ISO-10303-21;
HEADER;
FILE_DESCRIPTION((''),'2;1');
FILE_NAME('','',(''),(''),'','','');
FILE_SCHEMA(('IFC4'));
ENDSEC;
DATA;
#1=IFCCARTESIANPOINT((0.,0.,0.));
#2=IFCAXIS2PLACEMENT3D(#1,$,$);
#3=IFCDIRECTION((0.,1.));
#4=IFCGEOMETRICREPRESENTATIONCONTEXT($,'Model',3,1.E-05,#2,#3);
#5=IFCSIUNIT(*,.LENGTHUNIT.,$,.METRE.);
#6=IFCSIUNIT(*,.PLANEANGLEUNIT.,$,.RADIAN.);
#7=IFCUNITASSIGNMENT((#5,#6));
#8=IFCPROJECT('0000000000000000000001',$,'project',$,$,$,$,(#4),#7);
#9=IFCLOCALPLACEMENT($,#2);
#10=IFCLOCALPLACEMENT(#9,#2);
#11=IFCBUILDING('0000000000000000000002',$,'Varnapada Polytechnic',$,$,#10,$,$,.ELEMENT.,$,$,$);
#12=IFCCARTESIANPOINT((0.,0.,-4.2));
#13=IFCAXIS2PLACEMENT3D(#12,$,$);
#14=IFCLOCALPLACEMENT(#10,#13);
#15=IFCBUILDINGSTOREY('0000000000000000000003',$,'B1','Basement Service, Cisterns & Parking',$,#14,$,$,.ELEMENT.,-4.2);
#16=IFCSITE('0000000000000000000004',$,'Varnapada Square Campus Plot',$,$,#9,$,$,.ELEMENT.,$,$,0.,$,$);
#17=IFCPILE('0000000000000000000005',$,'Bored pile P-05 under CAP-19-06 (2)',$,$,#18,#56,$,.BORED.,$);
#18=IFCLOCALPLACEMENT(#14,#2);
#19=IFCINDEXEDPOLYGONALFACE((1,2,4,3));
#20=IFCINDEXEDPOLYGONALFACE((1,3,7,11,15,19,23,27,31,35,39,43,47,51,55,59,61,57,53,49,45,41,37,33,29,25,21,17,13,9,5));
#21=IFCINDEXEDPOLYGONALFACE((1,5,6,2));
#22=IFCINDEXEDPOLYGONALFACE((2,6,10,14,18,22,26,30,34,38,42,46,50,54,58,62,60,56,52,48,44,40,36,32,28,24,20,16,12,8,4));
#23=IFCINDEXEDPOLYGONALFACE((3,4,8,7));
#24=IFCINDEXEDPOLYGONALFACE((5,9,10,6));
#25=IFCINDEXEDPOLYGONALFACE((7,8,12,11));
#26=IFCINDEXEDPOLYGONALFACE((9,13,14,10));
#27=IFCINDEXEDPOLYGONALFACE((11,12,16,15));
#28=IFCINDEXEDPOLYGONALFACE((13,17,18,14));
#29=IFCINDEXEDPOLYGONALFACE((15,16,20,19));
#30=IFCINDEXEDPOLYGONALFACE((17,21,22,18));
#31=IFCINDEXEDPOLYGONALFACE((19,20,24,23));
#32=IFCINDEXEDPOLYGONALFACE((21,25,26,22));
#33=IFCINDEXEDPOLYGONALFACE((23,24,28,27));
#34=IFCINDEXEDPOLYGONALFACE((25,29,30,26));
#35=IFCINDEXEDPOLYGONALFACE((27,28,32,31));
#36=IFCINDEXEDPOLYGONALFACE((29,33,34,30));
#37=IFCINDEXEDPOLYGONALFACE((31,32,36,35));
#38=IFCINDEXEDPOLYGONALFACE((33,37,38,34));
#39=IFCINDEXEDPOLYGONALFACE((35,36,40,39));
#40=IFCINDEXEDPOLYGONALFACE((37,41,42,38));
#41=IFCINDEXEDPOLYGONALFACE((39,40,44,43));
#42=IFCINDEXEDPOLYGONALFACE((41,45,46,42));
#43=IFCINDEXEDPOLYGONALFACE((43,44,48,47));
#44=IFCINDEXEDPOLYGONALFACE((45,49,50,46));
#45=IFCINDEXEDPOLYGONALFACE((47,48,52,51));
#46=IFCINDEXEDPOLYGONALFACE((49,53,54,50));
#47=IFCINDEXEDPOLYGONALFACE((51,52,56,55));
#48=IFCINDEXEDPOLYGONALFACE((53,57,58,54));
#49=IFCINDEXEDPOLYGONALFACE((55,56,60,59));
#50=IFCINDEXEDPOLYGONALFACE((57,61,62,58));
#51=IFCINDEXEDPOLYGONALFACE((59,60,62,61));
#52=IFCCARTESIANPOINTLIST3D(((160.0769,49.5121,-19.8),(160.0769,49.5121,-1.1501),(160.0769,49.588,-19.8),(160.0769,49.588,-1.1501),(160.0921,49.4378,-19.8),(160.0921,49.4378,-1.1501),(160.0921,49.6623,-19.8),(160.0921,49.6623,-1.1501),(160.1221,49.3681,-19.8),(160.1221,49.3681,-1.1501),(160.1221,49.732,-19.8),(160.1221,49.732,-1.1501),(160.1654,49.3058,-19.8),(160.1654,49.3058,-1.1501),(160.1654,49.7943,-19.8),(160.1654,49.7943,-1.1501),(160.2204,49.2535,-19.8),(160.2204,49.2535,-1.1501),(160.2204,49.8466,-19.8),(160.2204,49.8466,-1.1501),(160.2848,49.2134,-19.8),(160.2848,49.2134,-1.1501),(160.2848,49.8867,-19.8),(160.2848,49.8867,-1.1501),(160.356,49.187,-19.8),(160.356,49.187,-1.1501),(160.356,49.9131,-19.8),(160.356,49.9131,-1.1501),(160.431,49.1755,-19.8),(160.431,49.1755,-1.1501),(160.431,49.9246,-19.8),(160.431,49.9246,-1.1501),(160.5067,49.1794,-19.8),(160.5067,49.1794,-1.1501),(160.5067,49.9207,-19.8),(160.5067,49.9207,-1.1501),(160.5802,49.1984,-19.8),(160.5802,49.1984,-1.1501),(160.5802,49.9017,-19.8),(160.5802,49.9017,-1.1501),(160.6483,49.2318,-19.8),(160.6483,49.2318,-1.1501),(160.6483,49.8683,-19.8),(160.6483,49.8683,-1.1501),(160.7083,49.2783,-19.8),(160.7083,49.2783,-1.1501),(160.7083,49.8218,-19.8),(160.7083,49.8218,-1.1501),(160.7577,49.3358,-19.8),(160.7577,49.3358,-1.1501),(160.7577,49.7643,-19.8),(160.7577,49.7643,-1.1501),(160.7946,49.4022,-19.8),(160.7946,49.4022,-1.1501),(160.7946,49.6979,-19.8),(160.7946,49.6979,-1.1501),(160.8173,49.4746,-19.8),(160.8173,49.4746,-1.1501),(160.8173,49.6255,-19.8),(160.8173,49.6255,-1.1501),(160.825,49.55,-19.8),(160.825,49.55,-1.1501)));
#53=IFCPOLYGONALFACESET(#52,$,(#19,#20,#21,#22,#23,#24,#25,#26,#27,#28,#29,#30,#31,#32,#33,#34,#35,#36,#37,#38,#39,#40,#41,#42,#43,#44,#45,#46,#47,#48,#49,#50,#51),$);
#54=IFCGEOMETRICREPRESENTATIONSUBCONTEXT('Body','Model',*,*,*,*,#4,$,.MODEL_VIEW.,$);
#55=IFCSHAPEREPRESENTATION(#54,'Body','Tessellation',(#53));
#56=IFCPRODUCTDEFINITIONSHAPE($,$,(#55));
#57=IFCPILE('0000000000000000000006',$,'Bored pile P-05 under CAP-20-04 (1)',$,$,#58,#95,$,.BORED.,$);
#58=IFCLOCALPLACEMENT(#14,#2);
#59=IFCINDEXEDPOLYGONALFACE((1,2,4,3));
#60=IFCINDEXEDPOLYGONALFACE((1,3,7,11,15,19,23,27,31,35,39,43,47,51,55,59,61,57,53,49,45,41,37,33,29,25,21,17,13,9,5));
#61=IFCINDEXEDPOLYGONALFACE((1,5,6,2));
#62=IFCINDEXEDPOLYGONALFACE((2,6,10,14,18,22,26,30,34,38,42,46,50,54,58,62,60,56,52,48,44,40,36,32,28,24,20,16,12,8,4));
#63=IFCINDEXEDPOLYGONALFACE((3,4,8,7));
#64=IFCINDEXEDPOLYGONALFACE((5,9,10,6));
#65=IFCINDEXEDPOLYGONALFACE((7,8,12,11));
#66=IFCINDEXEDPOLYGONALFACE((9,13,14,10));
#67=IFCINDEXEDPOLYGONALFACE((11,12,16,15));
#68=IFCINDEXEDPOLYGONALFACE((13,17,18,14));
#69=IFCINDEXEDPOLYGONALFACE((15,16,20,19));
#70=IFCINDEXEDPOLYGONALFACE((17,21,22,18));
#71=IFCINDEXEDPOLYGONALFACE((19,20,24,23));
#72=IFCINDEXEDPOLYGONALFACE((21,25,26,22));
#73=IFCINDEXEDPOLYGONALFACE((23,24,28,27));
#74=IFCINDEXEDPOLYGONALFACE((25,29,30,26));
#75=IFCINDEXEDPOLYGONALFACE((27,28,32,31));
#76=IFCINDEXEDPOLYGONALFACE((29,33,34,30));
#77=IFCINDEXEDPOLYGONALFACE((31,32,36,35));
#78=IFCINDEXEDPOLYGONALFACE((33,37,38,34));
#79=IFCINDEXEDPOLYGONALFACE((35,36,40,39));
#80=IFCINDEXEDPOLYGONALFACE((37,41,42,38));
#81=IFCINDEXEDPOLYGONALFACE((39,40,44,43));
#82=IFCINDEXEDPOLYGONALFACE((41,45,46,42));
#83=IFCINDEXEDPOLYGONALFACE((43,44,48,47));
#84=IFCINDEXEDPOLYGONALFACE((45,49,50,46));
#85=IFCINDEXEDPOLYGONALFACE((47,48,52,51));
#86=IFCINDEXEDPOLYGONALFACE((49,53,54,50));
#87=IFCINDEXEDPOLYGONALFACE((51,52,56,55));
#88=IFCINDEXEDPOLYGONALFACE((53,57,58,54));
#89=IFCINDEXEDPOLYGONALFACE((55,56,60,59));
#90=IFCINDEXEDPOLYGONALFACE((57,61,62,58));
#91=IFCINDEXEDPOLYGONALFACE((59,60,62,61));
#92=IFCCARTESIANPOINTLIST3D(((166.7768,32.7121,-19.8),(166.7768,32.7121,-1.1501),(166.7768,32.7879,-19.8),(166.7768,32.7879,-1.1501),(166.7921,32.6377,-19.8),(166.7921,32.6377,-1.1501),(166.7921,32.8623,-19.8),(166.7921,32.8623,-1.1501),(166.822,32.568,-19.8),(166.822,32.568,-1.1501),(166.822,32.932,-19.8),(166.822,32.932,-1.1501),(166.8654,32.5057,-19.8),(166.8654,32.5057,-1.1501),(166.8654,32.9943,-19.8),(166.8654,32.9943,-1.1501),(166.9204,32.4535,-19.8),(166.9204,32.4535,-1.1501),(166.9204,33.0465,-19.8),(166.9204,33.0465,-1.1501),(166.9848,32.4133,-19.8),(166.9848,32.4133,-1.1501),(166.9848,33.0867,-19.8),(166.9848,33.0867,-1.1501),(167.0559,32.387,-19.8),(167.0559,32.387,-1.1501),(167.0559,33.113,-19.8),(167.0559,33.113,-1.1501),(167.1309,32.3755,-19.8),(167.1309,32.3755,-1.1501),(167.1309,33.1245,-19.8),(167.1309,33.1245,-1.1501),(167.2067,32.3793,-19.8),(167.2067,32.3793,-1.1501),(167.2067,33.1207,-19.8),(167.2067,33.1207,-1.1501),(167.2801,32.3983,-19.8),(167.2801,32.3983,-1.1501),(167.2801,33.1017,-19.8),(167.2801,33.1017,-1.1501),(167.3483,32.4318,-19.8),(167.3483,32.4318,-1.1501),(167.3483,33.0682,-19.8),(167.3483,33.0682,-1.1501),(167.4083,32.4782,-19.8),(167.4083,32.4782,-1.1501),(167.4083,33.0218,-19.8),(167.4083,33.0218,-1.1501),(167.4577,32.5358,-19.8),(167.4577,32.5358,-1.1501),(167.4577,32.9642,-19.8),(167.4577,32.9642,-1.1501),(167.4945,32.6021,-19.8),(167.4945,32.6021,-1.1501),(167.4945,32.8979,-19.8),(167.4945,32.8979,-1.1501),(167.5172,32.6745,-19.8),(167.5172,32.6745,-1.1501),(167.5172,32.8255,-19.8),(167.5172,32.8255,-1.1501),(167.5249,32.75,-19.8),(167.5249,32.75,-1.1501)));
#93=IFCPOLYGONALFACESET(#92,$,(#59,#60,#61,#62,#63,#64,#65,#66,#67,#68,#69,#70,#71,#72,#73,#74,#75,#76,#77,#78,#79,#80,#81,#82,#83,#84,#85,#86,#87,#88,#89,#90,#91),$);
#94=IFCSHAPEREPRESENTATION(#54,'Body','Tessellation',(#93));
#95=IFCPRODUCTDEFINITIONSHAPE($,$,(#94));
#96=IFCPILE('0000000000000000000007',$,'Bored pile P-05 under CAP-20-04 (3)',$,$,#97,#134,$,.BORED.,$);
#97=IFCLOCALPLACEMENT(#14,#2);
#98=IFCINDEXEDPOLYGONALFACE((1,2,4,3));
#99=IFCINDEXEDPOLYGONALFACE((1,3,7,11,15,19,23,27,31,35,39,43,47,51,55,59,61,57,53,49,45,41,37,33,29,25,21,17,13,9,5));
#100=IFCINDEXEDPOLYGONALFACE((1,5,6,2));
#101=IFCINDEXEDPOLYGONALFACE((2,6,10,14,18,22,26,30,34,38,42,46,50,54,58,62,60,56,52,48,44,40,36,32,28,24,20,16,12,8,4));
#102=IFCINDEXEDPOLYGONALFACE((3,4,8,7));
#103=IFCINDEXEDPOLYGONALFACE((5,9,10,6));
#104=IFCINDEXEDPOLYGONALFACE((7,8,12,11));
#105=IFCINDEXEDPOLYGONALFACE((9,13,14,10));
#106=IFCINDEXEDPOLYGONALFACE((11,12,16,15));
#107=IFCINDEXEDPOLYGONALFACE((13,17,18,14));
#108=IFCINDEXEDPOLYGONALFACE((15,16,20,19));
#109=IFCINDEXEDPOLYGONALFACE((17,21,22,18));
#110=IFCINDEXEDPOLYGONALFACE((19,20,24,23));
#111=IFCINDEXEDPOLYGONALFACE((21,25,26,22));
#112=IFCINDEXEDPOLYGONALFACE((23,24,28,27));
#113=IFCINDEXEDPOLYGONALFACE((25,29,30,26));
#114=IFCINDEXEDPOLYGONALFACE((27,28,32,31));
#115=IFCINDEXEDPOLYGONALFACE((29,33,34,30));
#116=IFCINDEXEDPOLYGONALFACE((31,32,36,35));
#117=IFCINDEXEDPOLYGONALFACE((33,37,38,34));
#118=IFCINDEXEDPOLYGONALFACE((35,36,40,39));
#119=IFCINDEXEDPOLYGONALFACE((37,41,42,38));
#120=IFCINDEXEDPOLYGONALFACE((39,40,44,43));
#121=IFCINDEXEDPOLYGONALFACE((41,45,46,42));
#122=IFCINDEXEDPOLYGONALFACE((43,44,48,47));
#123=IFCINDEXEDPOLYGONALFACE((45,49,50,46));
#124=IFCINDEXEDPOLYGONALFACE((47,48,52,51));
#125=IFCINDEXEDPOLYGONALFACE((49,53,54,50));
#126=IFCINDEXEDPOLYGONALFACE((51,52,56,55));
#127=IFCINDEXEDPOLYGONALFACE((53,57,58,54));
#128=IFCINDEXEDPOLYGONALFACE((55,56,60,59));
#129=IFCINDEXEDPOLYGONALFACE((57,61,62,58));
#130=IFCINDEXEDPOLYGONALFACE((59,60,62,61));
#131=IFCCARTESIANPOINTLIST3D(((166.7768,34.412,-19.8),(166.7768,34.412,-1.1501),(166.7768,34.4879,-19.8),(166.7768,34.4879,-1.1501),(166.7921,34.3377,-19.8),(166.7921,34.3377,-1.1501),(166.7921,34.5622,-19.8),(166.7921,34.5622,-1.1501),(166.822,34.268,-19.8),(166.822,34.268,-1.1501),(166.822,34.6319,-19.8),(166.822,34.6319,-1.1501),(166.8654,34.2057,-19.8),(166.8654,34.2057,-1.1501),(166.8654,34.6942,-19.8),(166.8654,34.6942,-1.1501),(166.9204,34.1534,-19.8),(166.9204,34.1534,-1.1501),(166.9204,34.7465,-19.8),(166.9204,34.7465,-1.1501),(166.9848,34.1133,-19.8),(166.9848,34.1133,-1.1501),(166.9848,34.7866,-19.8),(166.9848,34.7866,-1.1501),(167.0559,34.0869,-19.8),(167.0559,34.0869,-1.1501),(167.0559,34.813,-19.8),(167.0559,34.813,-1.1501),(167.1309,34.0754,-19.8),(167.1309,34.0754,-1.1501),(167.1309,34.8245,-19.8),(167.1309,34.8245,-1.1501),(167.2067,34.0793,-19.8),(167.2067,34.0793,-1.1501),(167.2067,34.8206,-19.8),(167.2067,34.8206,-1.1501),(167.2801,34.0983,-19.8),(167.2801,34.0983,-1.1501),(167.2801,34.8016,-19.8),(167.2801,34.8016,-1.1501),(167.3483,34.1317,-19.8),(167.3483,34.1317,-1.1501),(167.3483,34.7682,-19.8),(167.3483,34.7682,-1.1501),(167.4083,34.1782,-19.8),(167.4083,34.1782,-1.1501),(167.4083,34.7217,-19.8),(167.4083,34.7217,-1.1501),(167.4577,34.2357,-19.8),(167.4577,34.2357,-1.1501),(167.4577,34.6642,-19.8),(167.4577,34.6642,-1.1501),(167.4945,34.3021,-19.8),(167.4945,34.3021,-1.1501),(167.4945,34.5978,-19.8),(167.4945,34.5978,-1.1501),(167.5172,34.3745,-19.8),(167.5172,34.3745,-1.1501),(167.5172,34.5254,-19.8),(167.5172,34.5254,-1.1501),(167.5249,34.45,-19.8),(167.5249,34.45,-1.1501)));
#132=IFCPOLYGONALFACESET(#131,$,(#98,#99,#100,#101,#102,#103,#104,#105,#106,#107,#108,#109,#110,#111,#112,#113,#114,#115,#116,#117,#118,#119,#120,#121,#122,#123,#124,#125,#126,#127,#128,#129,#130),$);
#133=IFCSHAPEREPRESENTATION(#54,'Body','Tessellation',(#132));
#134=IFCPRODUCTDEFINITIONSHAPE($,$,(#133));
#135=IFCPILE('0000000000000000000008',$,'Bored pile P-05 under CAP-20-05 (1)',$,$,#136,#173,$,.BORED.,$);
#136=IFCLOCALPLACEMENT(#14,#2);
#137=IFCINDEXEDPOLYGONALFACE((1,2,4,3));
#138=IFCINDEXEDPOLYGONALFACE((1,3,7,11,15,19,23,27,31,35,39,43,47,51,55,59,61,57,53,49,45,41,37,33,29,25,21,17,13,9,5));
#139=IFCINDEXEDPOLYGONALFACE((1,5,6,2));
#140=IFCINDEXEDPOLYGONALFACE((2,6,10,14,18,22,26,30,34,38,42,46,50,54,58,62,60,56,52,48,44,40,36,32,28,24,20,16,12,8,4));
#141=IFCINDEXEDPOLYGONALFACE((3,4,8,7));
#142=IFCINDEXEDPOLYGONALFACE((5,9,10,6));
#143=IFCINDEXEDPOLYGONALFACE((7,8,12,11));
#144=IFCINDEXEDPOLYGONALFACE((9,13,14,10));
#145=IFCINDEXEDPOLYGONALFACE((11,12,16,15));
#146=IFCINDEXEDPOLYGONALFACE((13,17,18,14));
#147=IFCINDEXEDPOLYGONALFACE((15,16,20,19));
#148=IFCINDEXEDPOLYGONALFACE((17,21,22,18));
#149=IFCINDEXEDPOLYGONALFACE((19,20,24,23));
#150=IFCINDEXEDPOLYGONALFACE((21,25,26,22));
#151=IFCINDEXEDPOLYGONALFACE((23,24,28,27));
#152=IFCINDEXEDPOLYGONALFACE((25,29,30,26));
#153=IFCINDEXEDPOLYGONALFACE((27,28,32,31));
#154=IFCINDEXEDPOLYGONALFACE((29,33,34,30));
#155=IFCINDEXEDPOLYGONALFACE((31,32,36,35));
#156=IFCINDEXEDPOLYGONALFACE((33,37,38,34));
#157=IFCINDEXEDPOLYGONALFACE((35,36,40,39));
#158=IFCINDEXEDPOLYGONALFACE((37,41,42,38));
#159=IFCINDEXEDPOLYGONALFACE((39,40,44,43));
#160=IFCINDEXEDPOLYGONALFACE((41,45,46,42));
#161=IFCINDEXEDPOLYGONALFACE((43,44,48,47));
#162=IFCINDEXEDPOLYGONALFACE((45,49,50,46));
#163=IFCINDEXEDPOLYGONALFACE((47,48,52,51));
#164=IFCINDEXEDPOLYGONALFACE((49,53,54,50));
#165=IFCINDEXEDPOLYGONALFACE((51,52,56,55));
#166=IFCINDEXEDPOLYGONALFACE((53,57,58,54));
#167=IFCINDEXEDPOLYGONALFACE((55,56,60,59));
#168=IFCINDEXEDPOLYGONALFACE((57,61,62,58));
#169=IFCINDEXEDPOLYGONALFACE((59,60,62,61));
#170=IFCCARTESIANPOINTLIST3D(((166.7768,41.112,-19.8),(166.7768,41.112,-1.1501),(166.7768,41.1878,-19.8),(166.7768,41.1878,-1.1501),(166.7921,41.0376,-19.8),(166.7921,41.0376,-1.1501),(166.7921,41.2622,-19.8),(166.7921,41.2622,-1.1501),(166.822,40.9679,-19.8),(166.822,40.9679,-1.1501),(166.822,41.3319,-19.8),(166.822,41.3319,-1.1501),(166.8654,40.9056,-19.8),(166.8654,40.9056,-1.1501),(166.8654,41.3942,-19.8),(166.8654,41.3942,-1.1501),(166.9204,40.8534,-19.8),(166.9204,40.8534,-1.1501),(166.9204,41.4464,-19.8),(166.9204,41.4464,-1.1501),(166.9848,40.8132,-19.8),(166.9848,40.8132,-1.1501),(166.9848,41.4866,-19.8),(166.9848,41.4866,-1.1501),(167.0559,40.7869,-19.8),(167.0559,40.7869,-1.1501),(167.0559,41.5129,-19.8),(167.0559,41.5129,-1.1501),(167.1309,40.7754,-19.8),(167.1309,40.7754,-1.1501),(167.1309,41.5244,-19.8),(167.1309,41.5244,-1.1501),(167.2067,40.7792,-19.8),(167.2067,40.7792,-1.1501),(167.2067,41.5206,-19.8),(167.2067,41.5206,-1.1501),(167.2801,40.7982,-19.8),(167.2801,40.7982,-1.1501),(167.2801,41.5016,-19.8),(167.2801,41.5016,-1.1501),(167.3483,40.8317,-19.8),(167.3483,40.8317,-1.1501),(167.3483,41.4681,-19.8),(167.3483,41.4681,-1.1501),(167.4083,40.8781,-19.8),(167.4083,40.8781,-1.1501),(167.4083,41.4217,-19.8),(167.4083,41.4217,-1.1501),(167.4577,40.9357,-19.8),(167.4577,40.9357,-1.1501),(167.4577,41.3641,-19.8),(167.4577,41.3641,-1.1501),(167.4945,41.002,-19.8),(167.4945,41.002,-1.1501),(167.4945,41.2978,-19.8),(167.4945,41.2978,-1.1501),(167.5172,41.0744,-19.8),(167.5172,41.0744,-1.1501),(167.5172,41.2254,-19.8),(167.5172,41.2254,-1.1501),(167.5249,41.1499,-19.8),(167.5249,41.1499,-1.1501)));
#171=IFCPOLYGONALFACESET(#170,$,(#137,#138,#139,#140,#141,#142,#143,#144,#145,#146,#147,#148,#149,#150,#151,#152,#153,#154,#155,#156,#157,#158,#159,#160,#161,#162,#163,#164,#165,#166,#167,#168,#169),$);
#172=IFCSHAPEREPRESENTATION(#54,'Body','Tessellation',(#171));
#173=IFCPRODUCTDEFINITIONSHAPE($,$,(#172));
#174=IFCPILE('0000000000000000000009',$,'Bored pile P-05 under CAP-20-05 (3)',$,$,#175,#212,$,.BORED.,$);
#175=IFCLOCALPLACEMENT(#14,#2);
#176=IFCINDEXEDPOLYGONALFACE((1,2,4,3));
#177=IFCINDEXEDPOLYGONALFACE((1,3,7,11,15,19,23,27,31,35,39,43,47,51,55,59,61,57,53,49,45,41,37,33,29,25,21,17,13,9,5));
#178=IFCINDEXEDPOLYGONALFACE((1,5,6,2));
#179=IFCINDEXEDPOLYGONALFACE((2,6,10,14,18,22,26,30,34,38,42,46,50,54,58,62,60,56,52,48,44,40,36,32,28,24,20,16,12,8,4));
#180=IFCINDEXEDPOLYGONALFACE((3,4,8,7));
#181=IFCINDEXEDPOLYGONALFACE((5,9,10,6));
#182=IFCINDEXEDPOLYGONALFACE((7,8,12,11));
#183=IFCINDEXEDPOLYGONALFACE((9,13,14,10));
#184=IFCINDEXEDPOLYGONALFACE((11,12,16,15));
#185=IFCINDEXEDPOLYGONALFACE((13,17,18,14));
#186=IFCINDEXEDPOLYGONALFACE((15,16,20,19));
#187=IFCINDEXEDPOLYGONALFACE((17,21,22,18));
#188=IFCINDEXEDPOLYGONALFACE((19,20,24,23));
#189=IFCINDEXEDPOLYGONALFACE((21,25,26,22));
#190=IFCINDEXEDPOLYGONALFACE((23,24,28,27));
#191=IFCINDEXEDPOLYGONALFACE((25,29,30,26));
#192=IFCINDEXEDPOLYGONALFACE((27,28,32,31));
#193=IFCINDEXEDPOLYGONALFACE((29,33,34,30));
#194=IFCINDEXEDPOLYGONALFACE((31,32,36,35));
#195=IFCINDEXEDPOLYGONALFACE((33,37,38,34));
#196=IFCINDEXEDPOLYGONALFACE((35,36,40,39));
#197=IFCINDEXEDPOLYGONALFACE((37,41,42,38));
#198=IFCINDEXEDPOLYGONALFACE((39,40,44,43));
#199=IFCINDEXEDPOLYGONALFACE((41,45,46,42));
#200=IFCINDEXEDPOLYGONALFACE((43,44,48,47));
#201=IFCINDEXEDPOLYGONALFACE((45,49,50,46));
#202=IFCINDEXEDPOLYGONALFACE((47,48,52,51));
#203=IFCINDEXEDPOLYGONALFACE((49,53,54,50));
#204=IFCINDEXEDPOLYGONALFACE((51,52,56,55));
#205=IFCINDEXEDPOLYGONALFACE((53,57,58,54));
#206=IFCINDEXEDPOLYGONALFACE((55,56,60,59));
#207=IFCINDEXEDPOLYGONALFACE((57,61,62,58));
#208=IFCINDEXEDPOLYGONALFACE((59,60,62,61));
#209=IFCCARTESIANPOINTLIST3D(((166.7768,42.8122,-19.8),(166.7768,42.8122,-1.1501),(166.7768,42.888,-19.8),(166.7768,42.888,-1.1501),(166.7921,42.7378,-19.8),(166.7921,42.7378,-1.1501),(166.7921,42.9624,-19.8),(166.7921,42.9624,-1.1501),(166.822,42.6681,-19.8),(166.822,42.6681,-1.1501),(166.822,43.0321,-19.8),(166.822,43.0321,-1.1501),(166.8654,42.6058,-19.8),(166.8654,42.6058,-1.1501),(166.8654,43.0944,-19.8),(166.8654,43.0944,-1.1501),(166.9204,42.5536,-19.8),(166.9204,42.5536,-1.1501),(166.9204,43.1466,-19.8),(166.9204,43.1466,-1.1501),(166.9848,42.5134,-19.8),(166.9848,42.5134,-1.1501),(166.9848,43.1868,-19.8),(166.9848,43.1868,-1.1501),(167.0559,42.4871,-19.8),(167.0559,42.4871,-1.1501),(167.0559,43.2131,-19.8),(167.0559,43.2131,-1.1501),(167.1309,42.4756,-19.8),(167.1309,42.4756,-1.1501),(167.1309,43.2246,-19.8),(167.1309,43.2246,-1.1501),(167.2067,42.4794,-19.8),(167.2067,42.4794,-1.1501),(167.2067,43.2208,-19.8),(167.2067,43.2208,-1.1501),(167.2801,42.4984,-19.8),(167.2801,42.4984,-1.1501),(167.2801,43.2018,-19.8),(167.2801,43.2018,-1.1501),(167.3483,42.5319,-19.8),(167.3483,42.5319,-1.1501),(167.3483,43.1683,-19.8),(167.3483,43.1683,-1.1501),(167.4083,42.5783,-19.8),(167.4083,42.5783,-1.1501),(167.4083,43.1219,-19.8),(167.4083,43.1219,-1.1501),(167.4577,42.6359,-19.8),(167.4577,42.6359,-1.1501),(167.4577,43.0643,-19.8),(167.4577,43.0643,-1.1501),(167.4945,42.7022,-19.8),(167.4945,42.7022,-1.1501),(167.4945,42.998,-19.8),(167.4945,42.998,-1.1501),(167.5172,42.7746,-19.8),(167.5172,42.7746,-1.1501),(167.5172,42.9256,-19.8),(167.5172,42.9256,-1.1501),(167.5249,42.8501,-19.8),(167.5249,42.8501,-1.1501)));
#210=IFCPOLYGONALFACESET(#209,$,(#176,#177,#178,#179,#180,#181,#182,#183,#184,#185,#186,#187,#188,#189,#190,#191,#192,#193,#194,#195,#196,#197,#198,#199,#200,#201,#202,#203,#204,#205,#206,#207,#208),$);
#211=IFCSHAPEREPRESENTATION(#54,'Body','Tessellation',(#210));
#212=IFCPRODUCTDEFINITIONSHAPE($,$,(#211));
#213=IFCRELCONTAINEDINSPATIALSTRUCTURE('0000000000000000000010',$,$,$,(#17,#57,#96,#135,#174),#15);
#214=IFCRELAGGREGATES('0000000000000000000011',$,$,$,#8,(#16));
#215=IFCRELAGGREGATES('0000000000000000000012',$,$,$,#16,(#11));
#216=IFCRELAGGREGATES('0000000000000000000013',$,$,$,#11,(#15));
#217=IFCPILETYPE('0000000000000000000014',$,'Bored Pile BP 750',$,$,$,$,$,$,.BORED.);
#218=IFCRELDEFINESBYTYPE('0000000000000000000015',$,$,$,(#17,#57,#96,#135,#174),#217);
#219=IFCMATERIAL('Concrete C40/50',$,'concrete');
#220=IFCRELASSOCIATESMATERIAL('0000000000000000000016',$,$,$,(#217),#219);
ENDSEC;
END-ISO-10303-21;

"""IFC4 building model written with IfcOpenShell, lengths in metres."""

from ifc_helpers import new_model, si_unit, direction, frame, origin, origin_2d, place, context, subcontext, project, spatial, circle, extrude, material, material_profile, profile_set, type_object, element, save


model = new_model("IFC4")

# Units and contexts
model_context = context("Model", 3, precision=1e-05, world=origin(), true_north=direction((0.0, 1.0)))
body_context = subcontext(model_context, "Body", "Model", "MODEL_VIEW")
ifc_project = project(units=[si_unit("LENGTHUNIT", "METRE"), si_unit("PLANEANGLEUNIT", "RADIAN")], contexts=[model_context])

# Site, building, storey
site_placement = place(None, origin())
site = spatial("IfcSite", under=ifc_project, at=site_placement, Name="Varnapada Square Campus Plot", CompositionType="ELEMENT", RefElevation=0.0)
building_placement = place(site_placement, origin())
building = spatial("IfcBuilding", under=site, at=building_placement, Name="Varnapada Polytechnic", CompositionType="ELEMENT")
storey_placement = place(building_placement, frame((0.0, 0.0, -4.2)))
storey = spatial("IfcBuildingStorey", under=building, at=storey_placement, Name="B1", Description="Basement Service, Cisterns & Parking", CompositionType="ELEMENT", Elevation=-4.2)

# Piles
ifc_material_1 = material(Name="Concrete C40/50", Category="concrete")
ifc_material_profile_1 = material_profile(ifc_material_1, circle(Radius=0.375, at=origin_2d()), Name="BP 750")
ifc_profile_set_1 = profile_set([ifc_material_profile_1], Name="Concrete C40/50")
pile_type_1 = type_object("IfcPileType", Name="Bored Pile BP 750", PredefinedType="BORED", material=ifc_profile_set_1)
for number, where, z_axis, x_axis, name in (
    (1, (160.45, 49.55, -1.1501), (0.0, 0.0, -1.0), (1.0, 0.0, 0.0), "Bored pile P-05 under CAP-19-06 (2)"),
    (2, (167.1499, 32.75, -1.1501), (0.0, 0.0, -1.0), (1.0, 0.0, 0.0), "Bored pile P-05 under CAP-20-04 (1)"),
    (3, (167.1499, 34.45, -1.1501), (0.0, 0.0, -1.0), (1.0, 0.0, 0.0), "Bored pile P-05 under CAP-20-04 (3)"),
    (4, (167.1499, 41.1499, -1.1501), (0.0, 0.0, -1.0), (1.0, 0.0, 0.0), "Bored pile P-05 under CAP-20-05 (1)"),
    (5, (167.1499, 42.8501, -1.1501), (0.0, 0.0, -1.0), (1.0, 0.0, 0.0), "Bored pile P-05 under CAP-20-05 (3)"),
):
    element("IfcPile", number, at=place(storey_placement, frame(where, z_axis=z_axis, x_axis=x_axis)), inside=storey, type_object=pile_type_1, Name=name, PredefinedType="BORED", context=body_context, shape_type="SweptSolid", body=[
        extrude(circle(Radius=0.375, at=origin_2d()), origin(), (0.0, 0.0, 1.0), 18.6499),
    ])

save(model, "model.ifc")
